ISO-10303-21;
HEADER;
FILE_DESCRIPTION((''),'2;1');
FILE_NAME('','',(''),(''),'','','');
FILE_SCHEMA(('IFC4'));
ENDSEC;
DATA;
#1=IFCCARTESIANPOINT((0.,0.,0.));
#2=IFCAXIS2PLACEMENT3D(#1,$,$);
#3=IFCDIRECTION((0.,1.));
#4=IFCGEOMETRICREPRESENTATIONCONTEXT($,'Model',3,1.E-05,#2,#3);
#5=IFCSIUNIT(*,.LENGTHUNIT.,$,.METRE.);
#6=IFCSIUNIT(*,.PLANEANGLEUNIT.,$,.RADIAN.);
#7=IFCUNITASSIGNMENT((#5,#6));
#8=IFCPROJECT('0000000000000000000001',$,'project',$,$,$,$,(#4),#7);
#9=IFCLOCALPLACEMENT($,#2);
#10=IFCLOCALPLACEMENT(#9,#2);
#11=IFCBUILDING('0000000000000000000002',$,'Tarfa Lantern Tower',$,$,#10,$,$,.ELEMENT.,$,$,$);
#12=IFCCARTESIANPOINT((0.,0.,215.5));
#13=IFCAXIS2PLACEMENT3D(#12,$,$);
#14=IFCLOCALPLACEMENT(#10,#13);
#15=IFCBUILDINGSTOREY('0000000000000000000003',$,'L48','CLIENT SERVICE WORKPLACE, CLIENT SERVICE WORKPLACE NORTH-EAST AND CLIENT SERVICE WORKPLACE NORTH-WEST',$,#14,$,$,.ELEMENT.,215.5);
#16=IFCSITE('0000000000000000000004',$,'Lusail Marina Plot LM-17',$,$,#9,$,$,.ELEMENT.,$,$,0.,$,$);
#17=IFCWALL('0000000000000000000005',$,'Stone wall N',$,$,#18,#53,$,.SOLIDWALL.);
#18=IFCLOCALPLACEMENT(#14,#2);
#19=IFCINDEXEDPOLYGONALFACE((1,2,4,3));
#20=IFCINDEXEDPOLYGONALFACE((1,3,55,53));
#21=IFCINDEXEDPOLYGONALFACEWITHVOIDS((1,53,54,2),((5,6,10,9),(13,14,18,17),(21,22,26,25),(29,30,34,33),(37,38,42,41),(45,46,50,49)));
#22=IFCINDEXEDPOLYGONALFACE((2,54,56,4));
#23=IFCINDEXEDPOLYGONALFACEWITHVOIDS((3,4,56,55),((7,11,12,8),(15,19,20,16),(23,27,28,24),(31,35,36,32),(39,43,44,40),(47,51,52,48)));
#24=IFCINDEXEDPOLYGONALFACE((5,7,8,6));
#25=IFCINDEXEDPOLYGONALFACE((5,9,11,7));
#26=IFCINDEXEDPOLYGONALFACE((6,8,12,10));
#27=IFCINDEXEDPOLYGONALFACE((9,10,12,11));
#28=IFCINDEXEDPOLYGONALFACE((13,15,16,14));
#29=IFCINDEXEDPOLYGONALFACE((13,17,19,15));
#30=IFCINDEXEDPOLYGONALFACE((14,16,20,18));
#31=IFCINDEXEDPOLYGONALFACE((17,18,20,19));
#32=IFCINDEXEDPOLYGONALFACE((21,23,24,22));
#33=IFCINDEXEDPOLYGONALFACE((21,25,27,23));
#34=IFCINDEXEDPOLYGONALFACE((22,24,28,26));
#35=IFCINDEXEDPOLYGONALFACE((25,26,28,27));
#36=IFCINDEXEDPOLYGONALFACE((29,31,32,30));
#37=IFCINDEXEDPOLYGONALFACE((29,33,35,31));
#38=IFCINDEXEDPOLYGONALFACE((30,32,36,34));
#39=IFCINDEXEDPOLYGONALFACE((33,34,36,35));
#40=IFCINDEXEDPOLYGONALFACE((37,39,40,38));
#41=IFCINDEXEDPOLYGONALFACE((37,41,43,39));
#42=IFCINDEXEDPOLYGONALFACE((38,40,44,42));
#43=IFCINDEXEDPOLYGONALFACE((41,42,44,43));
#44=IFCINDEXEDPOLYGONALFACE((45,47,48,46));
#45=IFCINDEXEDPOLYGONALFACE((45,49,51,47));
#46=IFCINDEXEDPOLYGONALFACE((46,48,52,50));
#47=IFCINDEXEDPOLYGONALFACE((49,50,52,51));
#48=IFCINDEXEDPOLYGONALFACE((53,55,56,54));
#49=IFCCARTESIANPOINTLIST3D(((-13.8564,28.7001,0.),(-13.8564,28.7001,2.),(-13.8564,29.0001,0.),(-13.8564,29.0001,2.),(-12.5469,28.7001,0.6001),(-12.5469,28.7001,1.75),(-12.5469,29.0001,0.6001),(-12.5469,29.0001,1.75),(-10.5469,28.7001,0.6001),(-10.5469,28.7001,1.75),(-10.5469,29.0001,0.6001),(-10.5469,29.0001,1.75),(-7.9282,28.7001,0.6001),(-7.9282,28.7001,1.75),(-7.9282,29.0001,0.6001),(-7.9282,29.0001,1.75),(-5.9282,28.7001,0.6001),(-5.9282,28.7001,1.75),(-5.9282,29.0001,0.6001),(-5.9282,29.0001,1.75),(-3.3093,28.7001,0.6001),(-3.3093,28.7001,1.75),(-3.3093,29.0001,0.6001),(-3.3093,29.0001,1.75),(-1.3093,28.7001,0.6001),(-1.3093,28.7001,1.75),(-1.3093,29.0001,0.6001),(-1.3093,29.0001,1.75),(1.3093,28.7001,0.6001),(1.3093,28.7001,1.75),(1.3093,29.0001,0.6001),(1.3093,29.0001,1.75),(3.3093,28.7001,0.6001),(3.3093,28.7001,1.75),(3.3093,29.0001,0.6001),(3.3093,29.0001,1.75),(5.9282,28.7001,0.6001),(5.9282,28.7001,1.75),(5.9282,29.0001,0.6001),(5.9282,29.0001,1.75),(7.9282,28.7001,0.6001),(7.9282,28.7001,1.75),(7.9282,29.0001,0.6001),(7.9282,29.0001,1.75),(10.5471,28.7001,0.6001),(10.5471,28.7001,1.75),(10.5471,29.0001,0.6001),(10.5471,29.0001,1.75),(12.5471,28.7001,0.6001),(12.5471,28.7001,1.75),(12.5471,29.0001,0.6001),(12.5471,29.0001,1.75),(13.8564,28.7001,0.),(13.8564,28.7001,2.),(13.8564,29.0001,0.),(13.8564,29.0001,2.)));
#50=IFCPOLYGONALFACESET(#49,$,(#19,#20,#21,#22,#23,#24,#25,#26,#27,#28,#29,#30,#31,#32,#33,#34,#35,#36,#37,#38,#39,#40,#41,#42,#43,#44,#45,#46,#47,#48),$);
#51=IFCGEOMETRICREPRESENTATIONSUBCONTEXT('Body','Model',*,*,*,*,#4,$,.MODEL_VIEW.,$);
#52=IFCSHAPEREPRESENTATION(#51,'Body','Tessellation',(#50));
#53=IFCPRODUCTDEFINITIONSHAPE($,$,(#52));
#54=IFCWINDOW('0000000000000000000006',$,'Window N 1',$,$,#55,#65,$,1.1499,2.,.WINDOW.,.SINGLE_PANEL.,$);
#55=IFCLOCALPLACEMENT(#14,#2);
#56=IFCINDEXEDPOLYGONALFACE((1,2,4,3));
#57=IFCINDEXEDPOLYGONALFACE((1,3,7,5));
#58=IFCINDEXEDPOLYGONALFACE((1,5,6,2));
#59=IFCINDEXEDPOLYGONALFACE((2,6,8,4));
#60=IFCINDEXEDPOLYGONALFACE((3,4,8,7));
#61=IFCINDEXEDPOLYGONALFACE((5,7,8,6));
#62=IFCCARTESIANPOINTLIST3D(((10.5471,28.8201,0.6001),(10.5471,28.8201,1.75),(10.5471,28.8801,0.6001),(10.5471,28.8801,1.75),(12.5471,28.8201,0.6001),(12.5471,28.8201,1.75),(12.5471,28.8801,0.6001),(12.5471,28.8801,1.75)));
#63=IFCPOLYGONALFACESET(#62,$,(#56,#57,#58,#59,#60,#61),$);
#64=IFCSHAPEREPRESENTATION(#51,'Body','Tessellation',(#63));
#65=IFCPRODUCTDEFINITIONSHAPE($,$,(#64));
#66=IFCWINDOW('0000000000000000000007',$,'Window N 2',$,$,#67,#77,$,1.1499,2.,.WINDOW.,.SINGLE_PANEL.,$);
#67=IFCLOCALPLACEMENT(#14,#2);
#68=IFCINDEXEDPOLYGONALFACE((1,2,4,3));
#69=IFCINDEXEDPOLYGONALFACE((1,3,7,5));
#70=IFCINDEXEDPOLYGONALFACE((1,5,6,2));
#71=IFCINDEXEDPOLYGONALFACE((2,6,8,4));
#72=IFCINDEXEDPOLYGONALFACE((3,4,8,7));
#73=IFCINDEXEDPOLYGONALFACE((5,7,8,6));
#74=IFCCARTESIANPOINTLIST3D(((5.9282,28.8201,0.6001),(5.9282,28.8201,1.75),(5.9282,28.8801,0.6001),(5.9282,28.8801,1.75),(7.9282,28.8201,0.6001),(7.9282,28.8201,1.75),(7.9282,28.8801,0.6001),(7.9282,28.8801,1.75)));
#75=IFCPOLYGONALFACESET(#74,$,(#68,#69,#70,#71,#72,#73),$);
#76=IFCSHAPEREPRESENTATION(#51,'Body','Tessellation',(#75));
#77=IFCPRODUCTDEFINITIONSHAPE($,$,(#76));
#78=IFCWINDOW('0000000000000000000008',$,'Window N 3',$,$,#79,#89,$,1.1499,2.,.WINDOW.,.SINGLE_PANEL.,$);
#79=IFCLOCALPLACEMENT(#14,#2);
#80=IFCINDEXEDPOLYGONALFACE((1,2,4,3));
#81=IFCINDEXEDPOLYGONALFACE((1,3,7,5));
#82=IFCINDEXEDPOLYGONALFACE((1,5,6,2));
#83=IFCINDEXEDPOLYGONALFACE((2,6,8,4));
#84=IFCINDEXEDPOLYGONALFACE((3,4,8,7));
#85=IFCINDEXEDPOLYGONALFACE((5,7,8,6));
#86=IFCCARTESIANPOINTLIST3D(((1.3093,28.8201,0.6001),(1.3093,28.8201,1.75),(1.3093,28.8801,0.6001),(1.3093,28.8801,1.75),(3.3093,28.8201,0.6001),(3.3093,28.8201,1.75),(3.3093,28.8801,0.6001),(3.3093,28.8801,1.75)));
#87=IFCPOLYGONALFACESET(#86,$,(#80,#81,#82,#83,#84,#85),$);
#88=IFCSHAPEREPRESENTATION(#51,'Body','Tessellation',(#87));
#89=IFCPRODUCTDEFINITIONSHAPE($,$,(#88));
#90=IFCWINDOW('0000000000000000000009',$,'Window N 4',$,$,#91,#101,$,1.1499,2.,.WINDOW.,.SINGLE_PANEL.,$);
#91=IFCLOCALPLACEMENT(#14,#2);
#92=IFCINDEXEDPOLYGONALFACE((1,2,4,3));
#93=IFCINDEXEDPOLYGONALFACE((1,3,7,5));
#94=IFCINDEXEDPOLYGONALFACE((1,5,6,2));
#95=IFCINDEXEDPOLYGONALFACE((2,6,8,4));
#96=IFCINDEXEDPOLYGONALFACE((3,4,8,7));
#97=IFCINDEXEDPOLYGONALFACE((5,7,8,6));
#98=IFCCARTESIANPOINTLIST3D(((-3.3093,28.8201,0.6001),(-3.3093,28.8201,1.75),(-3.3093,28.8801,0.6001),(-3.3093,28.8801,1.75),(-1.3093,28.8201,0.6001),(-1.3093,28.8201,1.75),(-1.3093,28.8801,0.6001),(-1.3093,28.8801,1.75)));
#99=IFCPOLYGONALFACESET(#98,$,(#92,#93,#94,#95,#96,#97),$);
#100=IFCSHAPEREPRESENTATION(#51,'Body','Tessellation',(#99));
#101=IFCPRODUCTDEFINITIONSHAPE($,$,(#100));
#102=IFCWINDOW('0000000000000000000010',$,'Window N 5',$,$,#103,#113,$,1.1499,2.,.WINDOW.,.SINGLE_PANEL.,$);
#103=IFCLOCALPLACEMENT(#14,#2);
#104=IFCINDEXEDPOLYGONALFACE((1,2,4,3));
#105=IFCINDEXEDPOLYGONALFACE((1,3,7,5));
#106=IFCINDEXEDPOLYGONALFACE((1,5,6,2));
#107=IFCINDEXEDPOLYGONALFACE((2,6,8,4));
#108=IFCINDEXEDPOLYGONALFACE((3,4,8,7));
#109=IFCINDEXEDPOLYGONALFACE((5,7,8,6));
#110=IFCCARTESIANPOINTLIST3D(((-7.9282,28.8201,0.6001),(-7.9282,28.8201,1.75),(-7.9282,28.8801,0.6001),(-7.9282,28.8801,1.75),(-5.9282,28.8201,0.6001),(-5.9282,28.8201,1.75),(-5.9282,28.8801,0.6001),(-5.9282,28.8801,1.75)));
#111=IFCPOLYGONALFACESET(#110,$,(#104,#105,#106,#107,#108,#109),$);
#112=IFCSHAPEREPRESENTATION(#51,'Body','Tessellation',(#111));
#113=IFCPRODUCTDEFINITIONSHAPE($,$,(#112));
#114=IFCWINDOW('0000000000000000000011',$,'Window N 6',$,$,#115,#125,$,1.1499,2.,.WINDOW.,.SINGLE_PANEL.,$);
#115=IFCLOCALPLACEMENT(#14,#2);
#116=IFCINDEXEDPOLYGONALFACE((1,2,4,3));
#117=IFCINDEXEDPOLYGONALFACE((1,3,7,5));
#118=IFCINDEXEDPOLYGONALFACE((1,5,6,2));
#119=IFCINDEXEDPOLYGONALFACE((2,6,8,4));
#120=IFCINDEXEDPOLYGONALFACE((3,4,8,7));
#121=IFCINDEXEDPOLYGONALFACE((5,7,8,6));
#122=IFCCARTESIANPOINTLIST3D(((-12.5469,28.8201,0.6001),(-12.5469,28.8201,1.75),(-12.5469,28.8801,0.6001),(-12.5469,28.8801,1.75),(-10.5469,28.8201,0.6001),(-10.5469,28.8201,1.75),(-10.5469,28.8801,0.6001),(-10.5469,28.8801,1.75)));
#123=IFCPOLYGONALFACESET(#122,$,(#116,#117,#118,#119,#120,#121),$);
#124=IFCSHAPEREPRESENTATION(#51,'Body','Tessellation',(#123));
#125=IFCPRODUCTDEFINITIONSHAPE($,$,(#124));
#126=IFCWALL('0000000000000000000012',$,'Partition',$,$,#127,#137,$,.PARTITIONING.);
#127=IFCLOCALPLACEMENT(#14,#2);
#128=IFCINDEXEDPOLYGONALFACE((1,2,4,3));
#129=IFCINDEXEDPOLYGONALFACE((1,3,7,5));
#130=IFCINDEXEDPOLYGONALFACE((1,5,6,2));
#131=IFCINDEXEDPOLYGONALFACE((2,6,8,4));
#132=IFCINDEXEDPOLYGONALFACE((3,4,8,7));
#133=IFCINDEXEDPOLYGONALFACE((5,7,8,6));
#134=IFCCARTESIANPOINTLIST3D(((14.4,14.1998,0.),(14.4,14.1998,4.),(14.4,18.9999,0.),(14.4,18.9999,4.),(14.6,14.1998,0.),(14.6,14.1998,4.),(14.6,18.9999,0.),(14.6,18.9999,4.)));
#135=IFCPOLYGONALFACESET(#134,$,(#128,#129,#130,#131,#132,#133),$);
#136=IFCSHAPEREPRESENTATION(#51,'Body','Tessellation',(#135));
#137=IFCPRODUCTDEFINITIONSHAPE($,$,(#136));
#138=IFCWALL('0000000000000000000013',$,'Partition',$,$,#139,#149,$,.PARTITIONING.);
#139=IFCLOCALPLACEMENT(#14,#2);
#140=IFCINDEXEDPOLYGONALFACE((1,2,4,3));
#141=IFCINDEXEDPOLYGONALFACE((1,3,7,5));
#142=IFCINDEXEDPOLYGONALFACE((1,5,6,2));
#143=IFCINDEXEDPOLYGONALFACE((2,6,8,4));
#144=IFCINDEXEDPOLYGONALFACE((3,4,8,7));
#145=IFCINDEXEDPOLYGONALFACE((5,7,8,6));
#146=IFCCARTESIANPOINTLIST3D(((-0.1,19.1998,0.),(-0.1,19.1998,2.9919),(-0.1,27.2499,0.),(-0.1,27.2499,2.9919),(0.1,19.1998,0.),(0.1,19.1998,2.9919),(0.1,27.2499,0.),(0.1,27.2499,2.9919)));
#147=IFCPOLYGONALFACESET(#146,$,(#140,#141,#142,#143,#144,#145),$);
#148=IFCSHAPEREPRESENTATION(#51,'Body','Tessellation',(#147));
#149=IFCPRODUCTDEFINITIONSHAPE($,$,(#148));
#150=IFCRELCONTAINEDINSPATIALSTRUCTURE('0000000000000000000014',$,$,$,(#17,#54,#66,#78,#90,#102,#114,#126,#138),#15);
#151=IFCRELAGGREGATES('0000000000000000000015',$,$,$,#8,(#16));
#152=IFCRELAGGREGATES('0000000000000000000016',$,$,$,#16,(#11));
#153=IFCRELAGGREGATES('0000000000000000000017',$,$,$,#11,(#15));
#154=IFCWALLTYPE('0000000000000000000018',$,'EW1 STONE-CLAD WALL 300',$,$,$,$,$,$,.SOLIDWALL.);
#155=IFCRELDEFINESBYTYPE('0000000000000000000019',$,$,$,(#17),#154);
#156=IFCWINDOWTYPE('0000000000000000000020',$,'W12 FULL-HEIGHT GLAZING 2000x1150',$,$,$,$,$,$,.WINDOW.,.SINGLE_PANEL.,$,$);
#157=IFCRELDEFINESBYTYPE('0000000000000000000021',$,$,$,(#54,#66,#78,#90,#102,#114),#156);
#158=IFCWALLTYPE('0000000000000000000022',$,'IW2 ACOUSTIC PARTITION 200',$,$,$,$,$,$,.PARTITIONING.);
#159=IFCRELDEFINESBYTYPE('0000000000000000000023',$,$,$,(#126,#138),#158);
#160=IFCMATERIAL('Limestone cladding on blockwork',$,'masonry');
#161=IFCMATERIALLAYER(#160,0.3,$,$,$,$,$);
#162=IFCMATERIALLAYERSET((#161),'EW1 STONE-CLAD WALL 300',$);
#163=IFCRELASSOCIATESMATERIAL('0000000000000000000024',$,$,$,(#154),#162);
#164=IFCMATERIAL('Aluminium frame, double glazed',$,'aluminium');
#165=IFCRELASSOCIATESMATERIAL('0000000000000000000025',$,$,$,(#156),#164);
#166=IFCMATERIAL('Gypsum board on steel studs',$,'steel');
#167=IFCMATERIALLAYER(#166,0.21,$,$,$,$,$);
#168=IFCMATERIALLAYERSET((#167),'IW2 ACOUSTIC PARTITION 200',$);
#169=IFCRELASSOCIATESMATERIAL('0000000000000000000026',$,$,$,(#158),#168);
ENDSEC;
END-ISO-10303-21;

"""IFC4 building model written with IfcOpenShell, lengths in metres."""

from ifc_helpers import new_model, si_unit, direction, frame, frame_2d, origin, place, context, subcontext, project, spatial, rectangle, extrude, material, layer, layer_set, type_object, element, fill, save


model = new_model("IFC4")

# Units and contexts
model_context = context("Model", 3, precision=1e-05, world=origin(), true_north=direction((0.0, 1.0)))
body_context = subcontext(model_context, "Body", "Model", "MODEL_VIEW")
ifc_project = project(units=[si_unit("LENGTHUNIT", "METRE"), si_unit("PLANEANGLEUNIT", "RADIAN")], contexts=[model_context])

# Site, building, storey
site_placement = place(None, origin())
site = spatial("IfcSite", under=ifc_project, at=site_placement, Name="Lusail Marina Plot LM-17", CompositionType="ELEMENT", RefElevation=0.0)
building_placement = place(site_placement, origin())
building = spatial("IfcBuilding", under=site, at=building_placement, Name="Tarfa Lantern Tower", CompositionType="ELEMENT")
storey_placement = place(building_placement, frame((0.0, 0.0, 215.5)))
storey = spatial("IfcBuildingStorey", under=building, at=storey_placement, Name="L48", Description="CLIENT SERVICE WORKPLACE, CLIENT SERVICE WORKPLACE NORTH-EAST AND CLIENT SERVICE WORKPLACE NORTH-WEST", CompositionType="ELEMENT", Elevation=215.5)

# Wall, openings, windows
ifc_material_1 = material(Name="Limestone cladding on blockwork", Category="masonry")
ifc_layer_1 = layer(ifc_material_1, 0.3)
ifc_layer_set_1 = layer_set([ifc_layer_1], Name="EW1 STONE-CLAD WALL 300")
wall_type_1 = type_object("IfcWallType", Name="EW1 STONE-CLAD WALL 300", PredefinedType="SOLIDWALL", material=ifc_layer_set_1)
wall_1_placement = place(storey_placement, frame((13.8564, 28.8501, 0.0), z_axis=(0.0, 0.0, 1.0), x_axis=(-1.0, 0.0, 0.0)))
wall_1 = element("IfcWall", 1, at=wall_1_placement, inside=storey, type_object=wall_type_1, Name="Stone wall N", PredefinedType="SOLIDWALL", context=body_context, shape_type="SweptSolid", body=[
    extrude(rectangle(XDim=27.7129, YDim=0.3, at=frame_2d((13.8564, 0.0))), origin(), (0.0, 0.0, 1.0), 2.0),
])
opening_1_placement = place(wall_1_placement, frame((1.3093, 0.0, 0.6001)))
opening_1 = element("IfcOpeningElement", 2, at=opening_1_placement, cuts=wall_1, PredefinedType="OPENING", context=body_context, shape_type="SweptSolid", body=[
    extrude(rectangle(XDim=2.0, YDim=1.1499, at=frame_2d((1.0, 0.575))), frame((0.0, 0.1599, 0.0), z_axis=(0.0, -1.0, 0.0), x_axis=(1.0, 0.0, 0.0)), (0.0, 0.0, 1.0), 0.3201),
])
opening_2_placement = place(wall_1_placement, frame((5.9282, 0.0, 0.6001)))
opening_2 = element("IfcOpeningElement", 3, at=opening_2_placement, cuts=wall_1, PredefinedType="OPENING", context=body_context, shape_type="SweptSolid", body=[
    extrude(rectangle(XDim=2.0, YDim=1.1499, at=frame_2d((1.0, 0.575))), frame((0.0, 0.1599, 0.0), z_axis=(0.0, -1.0, 0.0), x_axis=(1.0, 0.0, 0.0)), (0.0, 0.0, 1.0), 0.3201),
])
opening_3_placement = place(wall_1_placement, frame((10.5471, 0.0, 0.6001)))
opening_3 = element("IfcOpeningElement", 4, at=opening_3_placement, cuts=wall_1, PredefinedType="OPENING", context=body_context, shape_type="SweptSolid", body=[
    extrude(rectangle(XDim=2.0, YDim=1.1499, at=frame_2d((1.0, 0.575))), frame((0.0, 0.1599, 0.0), z_axis=(0.0, -1.0, 0.0), x_axis=(1.0, 0.0, 0.0)), (0.0, 0.0, 1.0), 0.3201),
])
opening_4_placement = place(wall_1_placement, frame((15.1658, 0.0, 0.6001)))
opening_4 = element("IfcOpeningElement", 5, at=opening_4_placement, cuts=wall_1, PredefinedType="OPENING", context=body_context, shape_type="SweptSolid", body=[
    extrude(rectangle(XDim=2.0, YDim=1.1499, at=frame_2d((1.0, 0.575))), frame((0.0, 0.1599, 0.0), z_axis=(0.0, -1.0, 0.0), x_axis=(1.0, 0.0, 0.0)), (0.0, 0.0, 1.0), 0.3201),
])
opening_5_placement = place(wall_1_placement, frame((19.7847, 0.0, 0.6001)))
opening_5 = element("IfcOpeningElement", 6, at=opening_5_placement, cuts=wall_1, PredefinedType="OPENING", context=body_context, shape_type="SweptSolid", body=[
    extrude(rectangle(XDim=2.0, YDim=1.1499, at=frame_2d((1.0, 0.575))), frame((0.0, 0.1599, 0.0), z_axis=(0.0, -1.0, 0.0), x_axis=(1.0, 0.0, 0.0)), (0.0, 0.0, 1.0), 0.3201),
])
opening_6_placement = place(wall_1_placement, frame((24.4033, 0.0, 0.6001)))
opening_6 = element("IfcOpeningElement", 7, at=opening_6_placement, cuts=wall_1, PredefinedType="OPENING", context=body_context, shape_type="SweptSolid", body=[
    extrude(rectangle(XDim=2.0, YDim=1.1499, at=frame_2d((1.0, 0.575))), frame((0.0, 0.1599, 0.0), z_axis=(0.0, -1.0, 0.0), x_axis=(1.0, 0.0, 0.0)), (0.0, 0.0, 1.0), 0.3201),
])
ifc_material_2 = material(Name="Aluminium frame, double glazed", Category="aluminium")
window_type = type_object("IfcWindowType", Name="W12 FULL-HEIGHT GLAZING 2000x1150", PartitioningType="SINGLE_PANEL", PredefinedType="WINDOW", material=ifc_material_2)
window_1_placement = place(opening_1_placement, origin())
window_1 = element("IfcWindow", 8, at=window_1_placement, inside=storey, type_object=window_type, Name="Window N 1", OverallHeight=1.1499, OverallWidth=2.0, PartitioningType="SINGLE_PANEL", PredefinedType="WINDOW", context=body_context, shape_type="SweptSolid", body=[
    extrude(rectangle(XDim=2.0, YDim=1.1499, at=frame_2d((1.0, 0.575))), frame((0.0, 0.03, 0.0), z_axis=(0.0, -1.0, 0.0), x_axis=(1.0, 0.0, 0.0)), (0.0, 0.0, 1.0), 0.0601),
])
fill(opening_1, window_1)
window_2_placement = place(opening_2_placement, origin())
window_2 = element("IfcWindow", 9, at=window_2_placement, inside=storey, type_object=window_type, Name="Window N 2", OverallHeight=1.1499, OverallWidth=2.0, PartitioningType="SINGLE_PANEL", PredefinedType="WINDOW", context=body_context, shape_type="SweptSolid", body=[
    extrude(rectangle(XDim=2.0, YDim=1.1499, at=frame_2d((1.0, 0.575))), frame((0.0, 0.03, 0.0), z_axis=(0.0, -1.0, 0.0), x_axis=(1.0, 0.0, 0.0)), (0.0, 0.0, 1.0), 0.0601),
])
fill(opening_2, window_2)
window_3_placement = place(opening_3_placement, origin())
window_3 = element("IfcWindow", 10, at=window_3_placement, inside=storey, type_object=window_type, Name="Window N 3", OverallHeight=1.1499, OverallWidth=2.0, PartitioningType="SINGLE_PANEL", PredefinedType="WINDOW", context=body_context, shape_type="SweptSolid", body=[
    extrude(rectangle(XDim=2.0, YDim=1.1499, at=frame_2d((1.0, 0.575))), frame((0.0, 0.03, 0.0), z_axis=(0.0, -1.0, 0.0), x_axis=(1.0, 0.0, 0.0)), (0.0, 0.0, 1.0), 0.0601),
])
fill(opening_3, window_3)
window_4_placement = place(opening_4_placement, origin())
window_4 = element("IfcWindow", 11, at=window_4_placement, inside=storey, type_object=window_type, Name="Window N 4", OverallHeight=1.1499, OverallWidth=2.0, PartitioningType="SINGLE_PANEL", PredefinedType="WINDOW", context=body_context, shape_type="SweptSolid", body=[
    extrude(rectangle(XDim=2.0, YDim=1.1499, at=frame_2d((1.0, 0.575))), frame((0.0, 0.03, 0.0), z_axis=(0.0, -1.0, 0.0), x_axis=(1.0, 0.0, 0.0)), (0.0, 0.0, 1.0), 0.0601),
])
fill(opening_4, window_4)
window_5_placement = place(opening_5_placement, origin())
window_5 = element("IfcWindow", 12, at=window_5_placement, inside=storey, type_object=window_type, Name="Window N 5", OverallHeight=1.1499, OverallWidth=2.0, PartitioningType="SINGLE_PANEL", PredefinedType="WINDOW", context=body_context, shape_type="SweptSolid", body=[
    extrude(rectangle(XDim=2.0, YDim=1.1499, at=frame_2d((1.0, 0.575))), frame((0.0, 0.03, 0.0), z_axis=(0.0, -1.0, 0.0), x_axis=(1.0, 0.0, 0.0)), (0.0, 0.0, 1.0), 0.0601),
])
fill(opening_5, window_5)
window_6_placement = place(opening_6_placement, origin())
window_6 = element("IfcWindow", 13, at=window_6_placement, inside=storey, type_object=window_type, Name="Window N 6", OverallHeight=1.1499, OverallWidth=2.0, PartitioningType="SINGLE_PANEL", PredefinedType="WINDOW", context=body_context, shape_type="SweptSolid", body=[
    extrude(rectangle(XDim=2.0, YDim=1.1499, at=frame_2d((1.0, 0.575))), frame((0.0, 0.03, 0.0), z_axis=(0.0, -1.0, 0.0), x_axis=(1.0, 0.0, 0.0)), (0.0, 0.0, 1.0), 0.0601),
])
fill(opening_6, window_6)

# Walls
ifc_material_3 = material(Name="Gypsum board on steel studs", Category="steel")
ifc_layer_2 = layer(ifc_material_3, 0.21)
ifc_layer_set_2 = layer_set([ifc_layer_2], Name="IW2 ACOUSTIC PARTITION 200")
wall_type_2 = type_object("IfcWallType", Name="IW2 ACOUSTIC PARTITION 200", PredefinedType="PARTITIONING", material=ifc_layer_set_2)
wall_2_placement = place(storey_placement, frame((14.5, 14.2, 0.0), z_axis=(0.0, 0.0, 1.0), x_axis=(0.0, 1.0, 0.0)))
element("IfcWall", 14, at=wall_2_placement, inside=storey, type_object=wall_type_2, Name="Partition", PredefinedType="PARTITIONING", context=body_context, shape_type="SweptSolid", body=[
    extrude(rectangle(XDim=4.8, YDim=0.2, at=frame_2d((2.3999, 0.0))), origin(), (0.0, 0.0, 1.0), 4.0),
])
wall_3_placement = place(storey_placement, frame((0.0, 19.2, 0.0), z_axis=(0.0, 0.0, 1.0), x_axis=(0.0, 1.0, 0.0)))
element("IfcWall", 15, at=wall_3_placement, inside=storey, type_object=wall_type_2, Name="Partition", PredefinedType="PARTITIONING", context=body_context, shape_type="SweptSolid", body=[
    extrude(rectangle(XDim=8.05, YDim=0.2, at=frame_2d((4.0249, 0.0))), origin(), (0.0, 0.0, 1.0), 2.9919),
])

save(model, "model.ifc")
